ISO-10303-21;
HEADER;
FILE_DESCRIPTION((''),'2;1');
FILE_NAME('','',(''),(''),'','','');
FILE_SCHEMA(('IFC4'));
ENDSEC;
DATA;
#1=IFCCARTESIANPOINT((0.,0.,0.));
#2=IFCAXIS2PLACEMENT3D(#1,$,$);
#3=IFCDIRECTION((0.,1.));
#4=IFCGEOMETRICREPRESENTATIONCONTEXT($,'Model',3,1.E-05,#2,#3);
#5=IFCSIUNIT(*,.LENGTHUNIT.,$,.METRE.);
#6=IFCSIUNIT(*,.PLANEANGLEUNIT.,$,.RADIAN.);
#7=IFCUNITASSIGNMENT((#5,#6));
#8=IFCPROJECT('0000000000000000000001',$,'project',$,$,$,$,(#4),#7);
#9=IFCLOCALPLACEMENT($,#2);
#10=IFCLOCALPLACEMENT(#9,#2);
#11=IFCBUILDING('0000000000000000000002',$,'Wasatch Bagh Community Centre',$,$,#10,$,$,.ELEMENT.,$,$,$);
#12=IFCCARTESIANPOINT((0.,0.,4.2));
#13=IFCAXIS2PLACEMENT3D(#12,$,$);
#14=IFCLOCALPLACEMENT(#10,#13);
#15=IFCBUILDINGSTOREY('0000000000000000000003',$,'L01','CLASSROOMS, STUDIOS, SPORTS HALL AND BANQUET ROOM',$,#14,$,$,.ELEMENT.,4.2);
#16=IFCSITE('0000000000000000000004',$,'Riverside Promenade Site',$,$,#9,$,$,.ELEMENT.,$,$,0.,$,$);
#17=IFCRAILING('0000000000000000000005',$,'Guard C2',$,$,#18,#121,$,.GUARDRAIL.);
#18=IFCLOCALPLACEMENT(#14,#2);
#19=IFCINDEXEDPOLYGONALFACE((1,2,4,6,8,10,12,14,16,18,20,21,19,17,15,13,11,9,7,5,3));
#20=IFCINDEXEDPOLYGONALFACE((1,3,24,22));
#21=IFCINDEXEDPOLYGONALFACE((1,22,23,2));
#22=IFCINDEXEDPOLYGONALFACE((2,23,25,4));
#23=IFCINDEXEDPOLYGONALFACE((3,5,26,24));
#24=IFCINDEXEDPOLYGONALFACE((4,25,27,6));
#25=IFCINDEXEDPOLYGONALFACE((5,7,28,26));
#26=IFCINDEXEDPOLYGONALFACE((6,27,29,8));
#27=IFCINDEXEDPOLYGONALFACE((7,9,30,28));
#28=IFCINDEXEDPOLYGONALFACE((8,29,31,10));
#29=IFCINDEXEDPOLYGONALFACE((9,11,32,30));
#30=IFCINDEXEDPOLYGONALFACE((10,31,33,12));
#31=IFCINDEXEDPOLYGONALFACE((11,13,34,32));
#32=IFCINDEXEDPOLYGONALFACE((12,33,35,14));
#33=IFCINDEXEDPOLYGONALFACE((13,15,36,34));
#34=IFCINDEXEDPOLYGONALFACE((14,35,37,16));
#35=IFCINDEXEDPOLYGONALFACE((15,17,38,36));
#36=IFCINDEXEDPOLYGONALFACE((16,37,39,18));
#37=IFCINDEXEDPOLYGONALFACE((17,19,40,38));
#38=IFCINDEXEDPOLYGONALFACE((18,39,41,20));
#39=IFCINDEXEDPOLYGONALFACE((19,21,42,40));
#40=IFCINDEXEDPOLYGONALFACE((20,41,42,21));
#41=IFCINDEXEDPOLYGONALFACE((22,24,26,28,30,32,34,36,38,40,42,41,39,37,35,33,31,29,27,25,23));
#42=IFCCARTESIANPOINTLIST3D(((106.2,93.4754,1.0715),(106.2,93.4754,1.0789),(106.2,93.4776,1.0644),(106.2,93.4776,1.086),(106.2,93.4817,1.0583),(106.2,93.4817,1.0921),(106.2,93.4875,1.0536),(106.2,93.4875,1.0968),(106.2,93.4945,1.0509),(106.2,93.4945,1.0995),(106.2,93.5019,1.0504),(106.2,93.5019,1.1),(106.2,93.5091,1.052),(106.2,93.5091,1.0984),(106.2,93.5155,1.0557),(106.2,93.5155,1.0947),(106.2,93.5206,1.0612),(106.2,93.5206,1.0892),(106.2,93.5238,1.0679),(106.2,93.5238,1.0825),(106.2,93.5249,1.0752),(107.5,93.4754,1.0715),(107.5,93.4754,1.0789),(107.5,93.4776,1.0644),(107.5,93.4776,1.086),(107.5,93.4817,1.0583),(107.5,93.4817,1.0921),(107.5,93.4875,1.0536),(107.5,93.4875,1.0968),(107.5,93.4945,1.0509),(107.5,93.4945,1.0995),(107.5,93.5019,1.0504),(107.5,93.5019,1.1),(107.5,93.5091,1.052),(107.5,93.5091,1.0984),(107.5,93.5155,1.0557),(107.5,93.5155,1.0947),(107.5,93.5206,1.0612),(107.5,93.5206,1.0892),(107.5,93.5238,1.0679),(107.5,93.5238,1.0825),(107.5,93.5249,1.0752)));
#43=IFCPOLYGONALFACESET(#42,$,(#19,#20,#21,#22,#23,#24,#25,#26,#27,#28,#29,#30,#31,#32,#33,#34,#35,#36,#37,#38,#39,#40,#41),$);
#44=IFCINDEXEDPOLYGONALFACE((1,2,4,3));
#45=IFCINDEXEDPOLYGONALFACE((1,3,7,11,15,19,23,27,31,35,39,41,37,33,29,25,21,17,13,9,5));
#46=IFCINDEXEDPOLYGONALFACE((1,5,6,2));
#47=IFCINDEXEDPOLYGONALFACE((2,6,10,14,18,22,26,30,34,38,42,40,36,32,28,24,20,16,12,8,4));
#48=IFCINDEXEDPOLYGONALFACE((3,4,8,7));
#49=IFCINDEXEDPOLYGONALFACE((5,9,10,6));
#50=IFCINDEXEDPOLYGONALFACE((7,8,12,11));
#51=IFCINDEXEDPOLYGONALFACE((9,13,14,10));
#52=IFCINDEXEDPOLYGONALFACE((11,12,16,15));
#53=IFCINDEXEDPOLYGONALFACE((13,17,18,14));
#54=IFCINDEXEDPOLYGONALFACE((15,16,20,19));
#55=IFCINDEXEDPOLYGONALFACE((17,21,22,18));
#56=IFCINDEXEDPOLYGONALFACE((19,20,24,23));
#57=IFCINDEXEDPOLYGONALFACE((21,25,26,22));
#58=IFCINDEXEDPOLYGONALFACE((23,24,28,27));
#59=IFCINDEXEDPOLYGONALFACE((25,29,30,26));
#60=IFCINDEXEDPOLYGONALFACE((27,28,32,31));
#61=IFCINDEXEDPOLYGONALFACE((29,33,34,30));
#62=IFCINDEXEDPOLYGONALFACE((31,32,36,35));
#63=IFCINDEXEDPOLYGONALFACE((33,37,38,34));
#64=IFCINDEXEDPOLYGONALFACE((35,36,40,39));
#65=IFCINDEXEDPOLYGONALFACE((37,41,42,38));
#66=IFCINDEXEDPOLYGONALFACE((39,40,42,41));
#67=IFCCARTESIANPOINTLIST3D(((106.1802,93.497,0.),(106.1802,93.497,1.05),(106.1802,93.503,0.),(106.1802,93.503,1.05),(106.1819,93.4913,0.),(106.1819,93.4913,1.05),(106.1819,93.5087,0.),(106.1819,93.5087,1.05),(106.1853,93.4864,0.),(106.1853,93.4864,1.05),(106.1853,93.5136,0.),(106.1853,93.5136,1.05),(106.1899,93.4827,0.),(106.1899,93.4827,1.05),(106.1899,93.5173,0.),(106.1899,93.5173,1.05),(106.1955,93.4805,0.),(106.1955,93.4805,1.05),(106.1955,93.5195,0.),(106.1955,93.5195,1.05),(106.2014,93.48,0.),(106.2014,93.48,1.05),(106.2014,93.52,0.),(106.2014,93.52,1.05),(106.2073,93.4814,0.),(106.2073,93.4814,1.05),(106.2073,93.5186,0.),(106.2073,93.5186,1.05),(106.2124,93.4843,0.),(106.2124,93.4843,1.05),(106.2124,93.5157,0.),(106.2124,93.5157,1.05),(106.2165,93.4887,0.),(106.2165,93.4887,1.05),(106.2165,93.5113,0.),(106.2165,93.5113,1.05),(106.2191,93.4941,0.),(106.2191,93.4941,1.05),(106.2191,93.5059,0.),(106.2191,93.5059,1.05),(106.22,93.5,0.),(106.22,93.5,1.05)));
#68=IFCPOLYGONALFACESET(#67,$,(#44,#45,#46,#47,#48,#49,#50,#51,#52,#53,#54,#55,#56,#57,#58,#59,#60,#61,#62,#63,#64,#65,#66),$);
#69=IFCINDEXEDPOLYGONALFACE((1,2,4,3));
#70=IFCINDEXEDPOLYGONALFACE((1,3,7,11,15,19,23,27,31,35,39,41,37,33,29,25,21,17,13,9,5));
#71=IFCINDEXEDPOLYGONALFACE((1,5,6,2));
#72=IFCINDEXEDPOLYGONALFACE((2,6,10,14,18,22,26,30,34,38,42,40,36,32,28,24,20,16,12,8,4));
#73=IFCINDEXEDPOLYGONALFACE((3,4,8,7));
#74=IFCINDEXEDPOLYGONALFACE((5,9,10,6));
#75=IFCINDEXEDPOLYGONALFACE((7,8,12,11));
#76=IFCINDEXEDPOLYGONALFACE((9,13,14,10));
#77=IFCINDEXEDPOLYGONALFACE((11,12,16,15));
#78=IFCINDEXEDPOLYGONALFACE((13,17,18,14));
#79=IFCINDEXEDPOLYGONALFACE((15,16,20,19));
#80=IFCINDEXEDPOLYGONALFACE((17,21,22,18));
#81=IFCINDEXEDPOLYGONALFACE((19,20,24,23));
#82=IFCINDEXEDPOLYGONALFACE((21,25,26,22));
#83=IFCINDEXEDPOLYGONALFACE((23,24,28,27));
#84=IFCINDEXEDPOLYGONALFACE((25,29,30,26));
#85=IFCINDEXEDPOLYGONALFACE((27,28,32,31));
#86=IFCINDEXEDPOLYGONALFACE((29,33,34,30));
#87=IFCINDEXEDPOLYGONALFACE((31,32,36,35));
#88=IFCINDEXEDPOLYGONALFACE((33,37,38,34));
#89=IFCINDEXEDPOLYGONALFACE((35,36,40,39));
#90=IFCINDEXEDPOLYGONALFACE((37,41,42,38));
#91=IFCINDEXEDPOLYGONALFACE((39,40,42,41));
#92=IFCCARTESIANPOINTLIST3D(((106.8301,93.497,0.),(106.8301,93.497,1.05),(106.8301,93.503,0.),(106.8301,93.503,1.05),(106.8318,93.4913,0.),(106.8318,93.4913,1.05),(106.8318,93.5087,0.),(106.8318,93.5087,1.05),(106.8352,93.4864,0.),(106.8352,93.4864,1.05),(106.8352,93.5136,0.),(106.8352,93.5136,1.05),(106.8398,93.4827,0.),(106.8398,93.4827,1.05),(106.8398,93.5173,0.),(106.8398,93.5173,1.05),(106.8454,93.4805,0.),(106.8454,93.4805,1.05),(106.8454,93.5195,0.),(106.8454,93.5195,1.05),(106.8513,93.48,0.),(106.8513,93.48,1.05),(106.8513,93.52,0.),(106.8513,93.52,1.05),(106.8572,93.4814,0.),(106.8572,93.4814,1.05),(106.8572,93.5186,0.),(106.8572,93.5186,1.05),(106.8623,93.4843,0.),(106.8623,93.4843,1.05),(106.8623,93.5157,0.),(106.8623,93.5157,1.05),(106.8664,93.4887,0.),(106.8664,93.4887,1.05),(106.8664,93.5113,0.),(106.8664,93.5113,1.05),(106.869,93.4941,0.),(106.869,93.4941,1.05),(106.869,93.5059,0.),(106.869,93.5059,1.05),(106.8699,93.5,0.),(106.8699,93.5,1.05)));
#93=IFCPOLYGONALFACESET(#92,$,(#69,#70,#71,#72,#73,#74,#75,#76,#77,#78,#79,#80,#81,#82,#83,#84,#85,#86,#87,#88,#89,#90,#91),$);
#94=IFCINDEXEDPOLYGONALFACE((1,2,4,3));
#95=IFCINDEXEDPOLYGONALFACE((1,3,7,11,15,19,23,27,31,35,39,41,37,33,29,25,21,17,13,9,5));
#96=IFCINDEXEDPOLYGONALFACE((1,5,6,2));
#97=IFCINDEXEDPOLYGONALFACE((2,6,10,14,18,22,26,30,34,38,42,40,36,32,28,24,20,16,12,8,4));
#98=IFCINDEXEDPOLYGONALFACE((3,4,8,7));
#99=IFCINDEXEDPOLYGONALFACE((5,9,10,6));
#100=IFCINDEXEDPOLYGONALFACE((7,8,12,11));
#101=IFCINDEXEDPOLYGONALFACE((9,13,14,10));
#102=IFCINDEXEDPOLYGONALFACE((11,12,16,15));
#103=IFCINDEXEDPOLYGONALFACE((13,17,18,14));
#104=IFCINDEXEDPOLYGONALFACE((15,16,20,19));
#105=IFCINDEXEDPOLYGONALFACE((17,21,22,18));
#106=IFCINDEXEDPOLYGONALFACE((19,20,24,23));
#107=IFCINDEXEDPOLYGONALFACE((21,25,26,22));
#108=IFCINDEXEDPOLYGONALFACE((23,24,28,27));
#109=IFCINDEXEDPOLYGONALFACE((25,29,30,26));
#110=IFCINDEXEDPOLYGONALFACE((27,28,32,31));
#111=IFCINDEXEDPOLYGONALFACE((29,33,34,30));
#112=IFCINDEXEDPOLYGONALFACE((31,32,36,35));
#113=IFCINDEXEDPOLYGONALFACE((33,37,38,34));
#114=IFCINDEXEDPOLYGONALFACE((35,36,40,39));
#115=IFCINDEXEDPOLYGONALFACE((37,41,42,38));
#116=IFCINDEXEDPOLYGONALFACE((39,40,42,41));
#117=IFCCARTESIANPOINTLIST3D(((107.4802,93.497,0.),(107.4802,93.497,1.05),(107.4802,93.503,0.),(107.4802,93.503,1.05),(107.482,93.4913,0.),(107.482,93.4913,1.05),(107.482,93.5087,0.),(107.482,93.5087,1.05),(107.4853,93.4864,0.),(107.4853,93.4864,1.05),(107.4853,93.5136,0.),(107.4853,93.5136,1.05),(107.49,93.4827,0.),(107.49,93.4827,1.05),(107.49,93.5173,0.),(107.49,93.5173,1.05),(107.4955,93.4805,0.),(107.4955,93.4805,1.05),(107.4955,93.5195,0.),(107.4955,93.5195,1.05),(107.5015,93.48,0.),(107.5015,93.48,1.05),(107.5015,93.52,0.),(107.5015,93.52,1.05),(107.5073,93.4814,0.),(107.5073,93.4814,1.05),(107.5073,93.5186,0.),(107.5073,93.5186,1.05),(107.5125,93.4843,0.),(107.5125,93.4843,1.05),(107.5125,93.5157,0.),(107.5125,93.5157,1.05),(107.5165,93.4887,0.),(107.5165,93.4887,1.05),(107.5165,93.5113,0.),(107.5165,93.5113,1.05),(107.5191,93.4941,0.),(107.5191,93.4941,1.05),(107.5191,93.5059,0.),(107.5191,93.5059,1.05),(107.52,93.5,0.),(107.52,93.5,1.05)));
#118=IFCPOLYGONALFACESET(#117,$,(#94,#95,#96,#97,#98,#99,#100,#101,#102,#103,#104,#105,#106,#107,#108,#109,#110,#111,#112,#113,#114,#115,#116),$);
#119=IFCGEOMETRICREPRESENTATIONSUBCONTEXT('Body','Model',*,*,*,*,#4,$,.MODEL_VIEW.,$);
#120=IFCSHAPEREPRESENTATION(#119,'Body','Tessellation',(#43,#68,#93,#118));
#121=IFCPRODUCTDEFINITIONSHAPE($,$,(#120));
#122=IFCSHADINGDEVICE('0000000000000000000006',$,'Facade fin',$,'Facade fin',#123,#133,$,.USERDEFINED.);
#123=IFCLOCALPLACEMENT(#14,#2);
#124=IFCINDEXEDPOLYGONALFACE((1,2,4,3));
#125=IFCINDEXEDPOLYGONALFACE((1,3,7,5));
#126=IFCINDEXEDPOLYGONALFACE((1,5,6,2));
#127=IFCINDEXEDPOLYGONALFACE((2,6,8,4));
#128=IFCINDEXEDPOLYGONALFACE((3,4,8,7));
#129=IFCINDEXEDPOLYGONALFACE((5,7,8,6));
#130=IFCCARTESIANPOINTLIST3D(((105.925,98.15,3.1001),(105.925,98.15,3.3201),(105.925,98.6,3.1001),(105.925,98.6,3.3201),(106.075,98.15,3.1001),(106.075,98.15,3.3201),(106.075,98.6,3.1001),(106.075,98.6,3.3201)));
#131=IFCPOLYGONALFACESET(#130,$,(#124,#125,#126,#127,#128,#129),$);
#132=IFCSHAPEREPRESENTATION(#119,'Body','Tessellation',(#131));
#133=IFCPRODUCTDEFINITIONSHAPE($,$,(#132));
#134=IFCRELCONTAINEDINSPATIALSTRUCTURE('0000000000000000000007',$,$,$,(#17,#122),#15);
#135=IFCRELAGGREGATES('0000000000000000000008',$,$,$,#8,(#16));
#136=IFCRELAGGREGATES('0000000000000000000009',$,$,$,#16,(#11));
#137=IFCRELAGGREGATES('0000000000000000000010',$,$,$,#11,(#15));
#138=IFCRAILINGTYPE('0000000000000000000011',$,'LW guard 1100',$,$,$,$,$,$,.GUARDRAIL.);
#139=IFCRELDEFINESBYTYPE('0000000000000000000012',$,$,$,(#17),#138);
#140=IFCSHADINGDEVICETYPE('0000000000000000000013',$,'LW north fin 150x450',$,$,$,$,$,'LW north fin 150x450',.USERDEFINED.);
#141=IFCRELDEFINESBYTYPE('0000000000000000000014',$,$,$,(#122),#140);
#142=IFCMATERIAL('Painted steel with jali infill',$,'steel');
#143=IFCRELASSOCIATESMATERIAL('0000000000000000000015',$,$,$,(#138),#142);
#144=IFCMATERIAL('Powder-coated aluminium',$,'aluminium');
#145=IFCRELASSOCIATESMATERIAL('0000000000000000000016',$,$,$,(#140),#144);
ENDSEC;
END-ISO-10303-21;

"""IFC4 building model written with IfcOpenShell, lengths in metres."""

from ifc_helpers import new_model, si_unit, direction, frame, origin, origin_2d, place, context, subcontext, project, spatial, rectangle, circle, extrude, material, type_object, element, save


model = new_model("IFC4")

# Units and contexts
model_context = context("Model", 3, precision=1e-05, world=origin(), true_north=direction((0.0, 1.0)))
body_context = subcontext(model_context, "Body", "Model", "MODEL_VIEW")
ifc_project = project(units=[si_unit("LENGTHUNIT", "METRE"), si_unit("PLANEANGLEUNIT", "RADIAN")], contexts=[model_context])

# Site, building, storey
site_placement = place(None, origin())
site = spatial("IfcSite", under=ifc_project, at=site_placement, Name="Riverside Promenade Site", CompositionType="ELEMENT", RefElevation=0.0)
building_placement = place(site_placement, origin())
building = spatial("IfcBuilding", under=site, at=building_placement, Name="Wasatch Bagh Community Centre", CompositionType="ELEMENT")
storey_placement = place(building_placement, frame((0.0, 0.0, 4.2)))
storey = spatial("IfcBuildingStorey", under=building, at=storey_placement, Name="L01", Description="CLASSROOMS, STUDIOS, SPORTS HALL AND BANQUET ROOM", CompositionType="ELEMENT", Elevation=4.2)

# Railing
ifc_material_1 = material(Name="Painted steel with jali infill", Category="steel")
railing_type_1 = type_object("IfcRailingType", Name="LW guard 1100", PredefinedType="GUARDRAIL", material=ifc_material_1)
railing_1_placement = place(storey_placement, frame((106.2, 93.5, 0.0)))
element("IfcRailing", 1, at=railing_1_placement, inside=storey, type_object=railing_type_1, Name="Guard C2", PredefinedType="GUARDRAIL", context=body_context, shape_type="SweptSolid", body=[
    extrude(circle(Radius=0.0249, at=origin_2d()), frame((0.0, 0.0, 1.0752), z_axis=(1.0, 0.0, 0.0), x_axis=(0.0, 1.0, 0.0)), (0.0, 0.0, 1.0), 1.3),
    extrude(circle(Radius=0.02, at=origin_2d()), origin(), (0.0, 0.0, 1.0), 1.05),
    extrude(circle(Radius=0.02, at=origin_2d()), frame((0.6499, 0.0, 0.0)), (0.0, 0.0, 1.0), 1.05),
    extrude(circle(Radius=0.02, at=origin_2d()), frame((1.3, 0.0, 0.0)), (0.0, 0.0, 1.0), 1.05),
])

# Shading device
ifc_material_2 = material(Name="Powder-coated aluminium", Category="aluminium")
shading_device_type = type_object("IfcShadingDeviceType", Name="LW north fin 150x450", ElementType="LW north fin 150x450", PredefinedType="USERDEFINED", material=ifc_material_2)
shading_device_placement = place(storey_placement, frame((106.0, 98.375, 3.1001), z_axis=(0.0, 0.0, 1.0), x_axis=(1.0, 0.0, 0.0)))
element("IfcShadingDevice", 2, at=shading_device_placement, inside=storey, type_object=shading_device_type, Name="Facade fin", ObjectType="Facade fin", PredefinedType="USERDEFINED", context=body_context, shape_type="SweptSolid", body=[
    extrude(rectangle(XDim=0.1499, YDim=0.45, at=origin_2d()), origin(), (0.0, 0.0, 1.0), 0.22),
])

save(model, "model.ifc")
